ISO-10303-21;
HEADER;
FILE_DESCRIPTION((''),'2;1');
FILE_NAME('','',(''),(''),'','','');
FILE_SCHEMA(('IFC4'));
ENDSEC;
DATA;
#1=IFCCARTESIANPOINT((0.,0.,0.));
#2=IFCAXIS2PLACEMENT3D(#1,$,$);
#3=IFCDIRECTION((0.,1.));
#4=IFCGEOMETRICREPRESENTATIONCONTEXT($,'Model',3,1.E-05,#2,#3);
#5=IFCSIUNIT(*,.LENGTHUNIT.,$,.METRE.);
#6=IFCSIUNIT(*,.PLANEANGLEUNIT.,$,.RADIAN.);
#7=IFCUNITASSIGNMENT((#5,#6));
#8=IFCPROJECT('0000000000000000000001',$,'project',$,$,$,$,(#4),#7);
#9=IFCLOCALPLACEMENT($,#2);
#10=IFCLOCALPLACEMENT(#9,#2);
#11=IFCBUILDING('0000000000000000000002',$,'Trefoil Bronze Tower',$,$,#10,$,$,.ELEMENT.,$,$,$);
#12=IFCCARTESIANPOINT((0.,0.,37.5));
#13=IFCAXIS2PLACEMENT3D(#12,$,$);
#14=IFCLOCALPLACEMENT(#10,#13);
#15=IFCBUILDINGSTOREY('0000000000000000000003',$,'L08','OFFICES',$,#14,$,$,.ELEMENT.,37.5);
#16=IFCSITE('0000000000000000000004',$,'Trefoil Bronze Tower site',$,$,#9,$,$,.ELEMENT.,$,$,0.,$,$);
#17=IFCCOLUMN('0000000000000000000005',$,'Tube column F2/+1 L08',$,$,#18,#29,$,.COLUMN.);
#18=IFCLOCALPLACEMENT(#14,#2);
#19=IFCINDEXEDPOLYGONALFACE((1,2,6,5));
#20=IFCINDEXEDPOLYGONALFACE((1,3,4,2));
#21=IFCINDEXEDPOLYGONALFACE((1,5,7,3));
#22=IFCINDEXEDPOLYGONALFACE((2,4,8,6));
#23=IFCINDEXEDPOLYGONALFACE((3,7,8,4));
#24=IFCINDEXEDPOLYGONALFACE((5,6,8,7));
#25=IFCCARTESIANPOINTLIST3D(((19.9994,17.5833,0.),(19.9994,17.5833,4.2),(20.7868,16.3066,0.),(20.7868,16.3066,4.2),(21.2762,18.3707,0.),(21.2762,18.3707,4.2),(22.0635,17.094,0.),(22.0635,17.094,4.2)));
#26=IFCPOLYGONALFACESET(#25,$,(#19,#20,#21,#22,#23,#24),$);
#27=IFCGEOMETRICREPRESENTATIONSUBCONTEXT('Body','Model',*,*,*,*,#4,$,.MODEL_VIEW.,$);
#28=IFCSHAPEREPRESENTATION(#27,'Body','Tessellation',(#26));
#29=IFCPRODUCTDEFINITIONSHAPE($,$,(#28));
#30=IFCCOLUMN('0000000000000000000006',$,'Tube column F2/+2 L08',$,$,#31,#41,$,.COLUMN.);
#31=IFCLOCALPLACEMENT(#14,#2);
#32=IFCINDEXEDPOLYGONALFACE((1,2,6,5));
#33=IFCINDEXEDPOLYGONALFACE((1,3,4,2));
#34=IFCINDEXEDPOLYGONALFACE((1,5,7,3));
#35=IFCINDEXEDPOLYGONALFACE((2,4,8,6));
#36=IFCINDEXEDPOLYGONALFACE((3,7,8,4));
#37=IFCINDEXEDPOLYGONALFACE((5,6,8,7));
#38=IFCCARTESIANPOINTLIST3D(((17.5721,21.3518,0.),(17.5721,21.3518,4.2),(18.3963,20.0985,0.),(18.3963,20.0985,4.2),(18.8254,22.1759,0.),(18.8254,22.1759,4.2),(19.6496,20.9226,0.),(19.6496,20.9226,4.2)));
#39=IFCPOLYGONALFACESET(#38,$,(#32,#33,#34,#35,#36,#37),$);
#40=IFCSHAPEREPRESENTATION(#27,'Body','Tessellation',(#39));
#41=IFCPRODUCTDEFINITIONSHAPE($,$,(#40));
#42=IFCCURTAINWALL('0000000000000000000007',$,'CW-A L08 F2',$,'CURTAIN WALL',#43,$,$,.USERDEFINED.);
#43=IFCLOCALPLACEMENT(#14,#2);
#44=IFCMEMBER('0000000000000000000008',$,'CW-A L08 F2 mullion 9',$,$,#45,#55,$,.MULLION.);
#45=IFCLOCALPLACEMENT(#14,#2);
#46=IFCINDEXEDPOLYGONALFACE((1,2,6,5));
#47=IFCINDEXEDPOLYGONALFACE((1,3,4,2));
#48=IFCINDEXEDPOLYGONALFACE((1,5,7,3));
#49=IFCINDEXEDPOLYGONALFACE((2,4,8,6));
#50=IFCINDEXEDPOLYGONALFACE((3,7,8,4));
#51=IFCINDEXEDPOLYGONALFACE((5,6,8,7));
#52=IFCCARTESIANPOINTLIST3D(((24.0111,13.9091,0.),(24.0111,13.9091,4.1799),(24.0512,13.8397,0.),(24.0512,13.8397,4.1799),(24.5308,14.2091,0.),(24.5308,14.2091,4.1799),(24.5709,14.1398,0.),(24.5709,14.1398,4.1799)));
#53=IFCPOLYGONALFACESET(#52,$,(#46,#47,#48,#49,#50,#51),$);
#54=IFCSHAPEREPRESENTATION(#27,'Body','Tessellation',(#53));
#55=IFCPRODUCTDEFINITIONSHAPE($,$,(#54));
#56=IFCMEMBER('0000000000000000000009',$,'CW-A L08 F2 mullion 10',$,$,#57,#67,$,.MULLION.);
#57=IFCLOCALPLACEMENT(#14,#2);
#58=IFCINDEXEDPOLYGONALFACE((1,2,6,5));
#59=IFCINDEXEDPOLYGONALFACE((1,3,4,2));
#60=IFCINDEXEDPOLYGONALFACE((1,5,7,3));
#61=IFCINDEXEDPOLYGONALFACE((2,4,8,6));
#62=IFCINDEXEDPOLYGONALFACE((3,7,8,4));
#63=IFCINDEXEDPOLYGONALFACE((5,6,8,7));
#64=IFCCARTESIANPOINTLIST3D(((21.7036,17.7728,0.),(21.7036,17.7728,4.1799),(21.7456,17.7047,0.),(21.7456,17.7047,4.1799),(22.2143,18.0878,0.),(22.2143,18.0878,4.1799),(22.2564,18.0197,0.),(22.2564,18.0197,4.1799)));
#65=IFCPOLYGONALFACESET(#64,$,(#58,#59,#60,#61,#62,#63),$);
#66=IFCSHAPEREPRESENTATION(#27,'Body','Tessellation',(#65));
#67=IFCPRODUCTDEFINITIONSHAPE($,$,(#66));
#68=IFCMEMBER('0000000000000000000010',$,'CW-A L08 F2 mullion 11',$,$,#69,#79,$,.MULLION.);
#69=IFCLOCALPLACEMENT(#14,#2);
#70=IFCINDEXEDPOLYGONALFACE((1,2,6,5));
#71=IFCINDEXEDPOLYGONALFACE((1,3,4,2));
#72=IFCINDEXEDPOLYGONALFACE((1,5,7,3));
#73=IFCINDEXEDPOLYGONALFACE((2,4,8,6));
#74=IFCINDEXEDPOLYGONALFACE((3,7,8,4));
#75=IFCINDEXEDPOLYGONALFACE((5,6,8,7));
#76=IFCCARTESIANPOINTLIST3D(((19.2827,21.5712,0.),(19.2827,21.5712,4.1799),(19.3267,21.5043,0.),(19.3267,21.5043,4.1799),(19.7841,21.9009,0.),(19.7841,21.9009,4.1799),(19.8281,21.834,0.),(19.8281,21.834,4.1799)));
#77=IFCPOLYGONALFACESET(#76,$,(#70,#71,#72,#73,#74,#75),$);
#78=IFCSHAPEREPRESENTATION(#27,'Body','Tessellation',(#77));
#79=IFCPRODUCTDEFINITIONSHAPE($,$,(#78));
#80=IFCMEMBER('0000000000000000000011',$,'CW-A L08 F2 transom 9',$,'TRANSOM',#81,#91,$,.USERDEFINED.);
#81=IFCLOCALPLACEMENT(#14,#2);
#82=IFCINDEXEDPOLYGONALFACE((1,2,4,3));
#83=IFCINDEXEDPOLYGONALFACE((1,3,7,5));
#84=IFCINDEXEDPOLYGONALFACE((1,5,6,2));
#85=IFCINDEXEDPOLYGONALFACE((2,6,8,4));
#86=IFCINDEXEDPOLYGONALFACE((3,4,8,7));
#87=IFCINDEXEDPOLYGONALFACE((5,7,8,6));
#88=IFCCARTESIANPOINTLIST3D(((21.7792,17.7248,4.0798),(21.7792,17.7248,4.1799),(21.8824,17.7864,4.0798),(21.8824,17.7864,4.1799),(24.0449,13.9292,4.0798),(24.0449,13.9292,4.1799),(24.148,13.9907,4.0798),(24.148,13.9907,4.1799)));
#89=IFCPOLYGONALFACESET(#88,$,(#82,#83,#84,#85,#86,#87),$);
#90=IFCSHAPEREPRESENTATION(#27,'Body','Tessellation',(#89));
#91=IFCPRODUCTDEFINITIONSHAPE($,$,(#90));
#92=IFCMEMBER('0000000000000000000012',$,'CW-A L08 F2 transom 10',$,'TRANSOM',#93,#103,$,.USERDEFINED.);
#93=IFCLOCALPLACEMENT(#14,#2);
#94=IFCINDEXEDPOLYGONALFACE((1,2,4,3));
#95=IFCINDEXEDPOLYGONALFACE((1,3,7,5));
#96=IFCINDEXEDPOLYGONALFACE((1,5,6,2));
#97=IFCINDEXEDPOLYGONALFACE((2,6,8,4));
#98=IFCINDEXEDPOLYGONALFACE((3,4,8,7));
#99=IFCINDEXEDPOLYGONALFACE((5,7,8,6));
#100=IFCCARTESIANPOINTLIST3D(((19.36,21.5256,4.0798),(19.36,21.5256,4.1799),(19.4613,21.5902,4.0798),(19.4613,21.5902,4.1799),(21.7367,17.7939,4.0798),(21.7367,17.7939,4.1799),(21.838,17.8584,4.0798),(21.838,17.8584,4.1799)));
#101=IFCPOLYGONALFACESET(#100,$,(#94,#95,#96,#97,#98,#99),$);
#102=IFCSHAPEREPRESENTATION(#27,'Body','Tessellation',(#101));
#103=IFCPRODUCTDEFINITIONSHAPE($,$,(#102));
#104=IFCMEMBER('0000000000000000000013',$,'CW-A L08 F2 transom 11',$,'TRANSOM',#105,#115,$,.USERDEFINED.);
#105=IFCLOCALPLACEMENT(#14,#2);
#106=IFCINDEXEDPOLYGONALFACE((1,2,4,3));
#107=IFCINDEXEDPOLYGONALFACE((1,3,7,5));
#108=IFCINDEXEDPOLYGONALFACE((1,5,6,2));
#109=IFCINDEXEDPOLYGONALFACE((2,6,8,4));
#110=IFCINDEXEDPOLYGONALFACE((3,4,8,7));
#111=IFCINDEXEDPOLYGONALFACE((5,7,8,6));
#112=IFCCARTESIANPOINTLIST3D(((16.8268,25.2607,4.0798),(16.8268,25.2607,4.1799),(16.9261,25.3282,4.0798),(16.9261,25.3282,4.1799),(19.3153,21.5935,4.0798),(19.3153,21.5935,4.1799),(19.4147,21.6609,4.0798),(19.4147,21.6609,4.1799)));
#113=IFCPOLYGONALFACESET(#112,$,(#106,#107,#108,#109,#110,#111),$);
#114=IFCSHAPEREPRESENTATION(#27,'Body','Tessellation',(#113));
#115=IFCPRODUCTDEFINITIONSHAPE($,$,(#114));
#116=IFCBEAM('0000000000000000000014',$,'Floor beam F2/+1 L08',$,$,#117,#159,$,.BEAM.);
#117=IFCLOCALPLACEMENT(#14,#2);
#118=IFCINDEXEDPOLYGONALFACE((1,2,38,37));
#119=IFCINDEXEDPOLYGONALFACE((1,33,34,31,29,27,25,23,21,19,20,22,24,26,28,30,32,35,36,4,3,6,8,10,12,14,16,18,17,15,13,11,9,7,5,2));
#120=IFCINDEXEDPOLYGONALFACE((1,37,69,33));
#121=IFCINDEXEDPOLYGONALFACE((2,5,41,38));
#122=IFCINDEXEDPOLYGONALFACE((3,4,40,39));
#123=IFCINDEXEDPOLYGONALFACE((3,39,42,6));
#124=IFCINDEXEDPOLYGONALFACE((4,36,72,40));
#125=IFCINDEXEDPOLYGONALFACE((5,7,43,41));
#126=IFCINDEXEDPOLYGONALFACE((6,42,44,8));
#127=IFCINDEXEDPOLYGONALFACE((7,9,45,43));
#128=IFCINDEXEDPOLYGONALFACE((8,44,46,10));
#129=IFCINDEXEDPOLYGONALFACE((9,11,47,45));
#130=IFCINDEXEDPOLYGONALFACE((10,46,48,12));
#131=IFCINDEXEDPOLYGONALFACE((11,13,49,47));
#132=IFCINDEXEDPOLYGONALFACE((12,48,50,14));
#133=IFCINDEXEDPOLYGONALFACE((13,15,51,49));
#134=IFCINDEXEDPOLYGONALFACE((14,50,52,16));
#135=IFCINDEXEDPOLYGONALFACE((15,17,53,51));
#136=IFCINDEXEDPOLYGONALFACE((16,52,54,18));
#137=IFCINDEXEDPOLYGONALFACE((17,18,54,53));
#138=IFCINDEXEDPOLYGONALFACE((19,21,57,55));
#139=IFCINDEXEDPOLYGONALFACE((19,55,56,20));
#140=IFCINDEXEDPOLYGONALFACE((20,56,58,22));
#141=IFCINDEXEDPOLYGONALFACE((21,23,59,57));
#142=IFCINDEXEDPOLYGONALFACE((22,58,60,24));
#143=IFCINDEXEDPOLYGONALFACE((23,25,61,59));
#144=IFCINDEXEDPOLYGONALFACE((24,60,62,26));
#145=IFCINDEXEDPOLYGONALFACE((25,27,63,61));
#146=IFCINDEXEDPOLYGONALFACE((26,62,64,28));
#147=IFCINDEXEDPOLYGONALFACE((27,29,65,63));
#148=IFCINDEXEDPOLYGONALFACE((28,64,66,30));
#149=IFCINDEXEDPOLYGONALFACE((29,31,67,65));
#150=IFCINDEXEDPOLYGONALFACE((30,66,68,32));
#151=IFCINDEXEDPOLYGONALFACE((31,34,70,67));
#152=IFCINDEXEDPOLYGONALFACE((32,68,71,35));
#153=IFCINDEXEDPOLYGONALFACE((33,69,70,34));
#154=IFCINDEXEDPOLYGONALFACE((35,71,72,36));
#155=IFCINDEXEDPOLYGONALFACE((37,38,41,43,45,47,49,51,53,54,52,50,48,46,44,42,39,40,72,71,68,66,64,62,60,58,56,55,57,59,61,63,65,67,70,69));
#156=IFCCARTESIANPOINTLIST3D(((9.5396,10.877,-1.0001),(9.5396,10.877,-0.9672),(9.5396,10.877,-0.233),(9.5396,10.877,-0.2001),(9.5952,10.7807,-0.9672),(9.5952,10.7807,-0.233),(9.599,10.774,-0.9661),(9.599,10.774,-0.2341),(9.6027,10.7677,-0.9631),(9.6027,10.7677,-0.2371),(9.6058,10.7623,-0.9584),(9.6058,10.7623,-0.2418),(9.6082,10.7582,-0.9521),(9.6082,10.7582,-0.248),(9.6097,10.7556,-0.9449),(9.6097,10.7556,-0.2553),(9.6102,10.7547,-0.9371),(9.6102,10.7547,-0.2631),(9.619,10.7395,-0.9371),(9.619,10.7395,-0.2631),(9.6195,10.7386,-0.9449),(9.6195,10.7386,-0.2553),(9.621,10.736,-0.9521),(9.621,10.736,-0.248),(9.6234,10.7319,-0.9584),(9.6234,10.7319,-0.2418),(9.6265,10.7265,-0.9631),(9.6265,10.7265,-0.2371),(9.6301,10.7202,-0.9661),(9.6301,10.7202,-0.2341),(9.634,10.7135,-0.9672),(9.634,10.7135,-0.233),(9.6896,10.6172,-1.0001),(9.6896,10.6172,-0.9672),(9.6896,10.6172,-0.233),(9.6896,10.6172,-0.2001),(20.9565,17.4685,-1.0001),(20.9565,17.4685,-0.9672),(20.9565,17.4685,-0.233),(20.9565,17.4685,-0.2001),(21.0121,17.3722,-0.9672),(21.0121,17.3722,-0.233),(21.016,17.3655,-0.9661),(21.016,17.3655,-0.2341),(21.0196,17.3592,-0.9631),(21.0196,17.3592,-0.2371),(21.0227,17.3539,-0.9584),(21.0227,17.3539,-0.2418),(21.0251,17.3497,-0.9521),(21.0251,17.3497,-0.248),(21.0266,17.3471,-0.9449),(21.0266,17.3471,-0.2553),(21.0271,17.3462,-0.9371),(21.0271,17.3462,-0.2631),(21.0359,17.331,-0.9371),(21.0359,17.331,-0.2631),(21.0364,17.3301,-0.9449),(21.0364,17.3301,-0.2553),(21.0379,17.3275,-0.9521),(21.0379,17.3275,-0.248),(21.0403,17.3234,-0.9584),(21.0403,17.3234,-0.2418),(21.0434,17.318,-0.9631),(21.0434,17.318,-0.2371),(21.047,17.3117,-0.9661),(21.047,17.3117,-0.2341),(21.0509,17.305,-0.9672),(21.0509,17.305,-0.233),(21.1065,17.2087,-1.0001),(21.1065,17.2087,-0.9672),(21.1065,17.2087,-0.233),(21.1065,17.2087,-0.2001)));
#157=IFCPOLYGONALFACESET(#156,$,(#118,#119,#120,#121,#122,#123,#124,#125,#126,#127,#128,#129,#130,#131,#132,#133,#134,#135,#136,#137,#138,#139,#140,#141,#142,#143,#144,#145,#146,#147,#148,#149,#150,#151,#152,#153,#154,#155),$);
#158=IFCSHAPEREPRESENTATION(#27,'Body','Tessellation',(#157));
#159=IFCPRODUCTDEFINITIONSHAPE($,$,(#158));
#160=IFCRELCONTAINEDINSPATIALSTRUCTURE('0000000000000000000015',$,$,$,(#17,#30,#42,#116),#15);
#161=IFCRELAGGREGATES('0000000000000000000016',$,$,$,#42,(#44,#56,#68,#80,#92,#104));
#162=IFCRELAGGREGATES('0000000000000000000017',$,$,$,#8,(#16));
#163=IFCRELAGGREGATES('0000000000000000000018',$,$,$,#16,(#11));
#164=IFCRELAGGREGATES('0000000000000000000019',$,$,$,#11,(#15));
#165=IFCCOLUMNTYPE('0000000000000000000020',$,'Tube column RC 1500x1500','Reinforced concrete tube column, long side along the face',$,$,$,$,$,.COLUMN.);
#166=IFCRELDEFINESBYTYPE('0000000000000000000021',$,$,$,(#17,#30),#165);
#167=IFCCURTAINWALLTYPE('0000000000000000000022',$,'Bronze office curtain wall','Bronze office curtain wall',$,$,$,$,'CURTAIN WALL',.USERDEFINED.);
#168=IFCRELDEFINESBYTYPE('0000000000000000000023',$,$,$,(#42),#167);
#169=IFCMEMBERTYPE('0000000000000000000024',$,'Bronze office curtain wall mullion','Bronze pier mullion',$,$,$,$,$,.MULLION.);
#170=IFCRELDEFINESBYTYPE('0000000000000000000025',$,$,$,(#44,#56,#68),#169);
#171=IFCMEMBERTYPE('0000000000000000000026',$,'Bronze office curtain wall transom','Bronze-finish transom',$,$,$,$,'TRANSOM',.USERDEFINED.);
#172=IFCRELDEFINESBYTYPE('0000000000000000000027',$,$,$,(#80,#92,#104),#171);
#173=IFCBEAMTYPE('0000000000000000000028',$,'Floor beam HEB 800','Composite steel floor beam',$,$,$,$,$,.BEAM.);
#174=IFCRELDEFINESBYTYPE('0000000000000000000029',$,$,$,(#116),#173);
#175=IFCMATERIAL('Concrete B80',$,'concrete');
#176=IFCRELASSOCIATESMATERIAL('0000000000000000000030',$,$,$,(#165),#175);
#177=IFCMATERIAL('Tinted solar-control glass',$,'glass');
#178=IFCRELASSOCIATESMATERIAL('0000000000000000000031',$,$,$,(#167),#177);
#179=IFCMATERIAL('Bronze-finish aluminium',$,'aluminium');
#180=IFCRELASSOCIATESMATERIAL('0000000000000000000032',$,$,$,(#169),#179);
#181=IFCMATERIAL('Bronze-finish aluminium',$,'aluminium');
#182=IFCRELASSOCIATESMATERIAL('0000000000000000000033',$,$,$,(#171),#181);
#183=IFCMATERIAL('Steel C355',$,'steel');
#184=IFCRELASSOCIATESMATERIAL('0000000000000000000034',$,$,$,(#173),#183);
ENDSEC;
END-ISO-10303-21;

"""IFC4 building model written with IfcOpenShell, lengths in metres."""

from ifc_helpers import new_model, si_unit, direction, frame, origin, origin_2d, place, context, subcontext, project, spatial, rectangle, i_section, extrude, material, material_profile, profile_set, type_object, element, aggregate, save


model = new_model("IFC4")

# Units and contexts
model_context = context("Model", 3, precision=1e-05, world=origin(), true_north=direction((0.0, 1.0)))
body_context = subcontext(model_context, "Body", "Model", "MODEL_VIEW")
ifc_project = project(units=[si_unit("LENGTHUNIT", "METRE"), si_unit("PLANEANGLEUNIT", "RADIAN")], contexts=[model_context])

# Site, building, storey
site_placement = place(None, origin())
site = spatial("IfcSite", under=ifc_project, at=site_placement, Name="Trefoil Bronze Tower site", CompositionType="ELEMENT", RefElevation=0.0)
building_placement = place(site_placement, origin())
building = spatial("IfcBuilding", under=site, at=building_placement, Name="Trefoil Bronze Tower", CompositionType="ELEMENT")
storey_placement = place(building_placement, frame((0.0, 0.0, 37.5)))
storey = spatial("IfcBuildingStorey", under=building, at=storey_placement, Name="L08", Description="OFFICES", CompositionType="ELEMENT", Elevation=37.5)

# Columns
ifc_material_1 = material(Name="Concrete B80", Category="concrete")
ifc_material_profile_1 = material_profile(ifc_material_1, rectangle(XDim=1.5, YDim=1.5, at=origin_2d()), Name="RC 1500x1500")
ifc_profile_set_1 = profile_set([ifc_material_profile_1], Name="Concrete B80")
column_type = type_object("IfcColumnType", Name="Tube column RC 1500x1500", Description="Reinforced concrete tube column, long side along the face", PredefinedType="COLUMN", material=ifc_profile_set_1)
for number, where, z_axis, x_axis, name in (
    (1, (21.0315, 17.3386, 0.0), (0.0, 0.0, 1.0), (-0.524923, 0.85115, 0.0), "Tube column F2/+1 L08"),
    (2, (18.6108, 21.1372, 0.0), (0.0, 0.0, 1.0), (-0.549424, 0.835544, 0.0), "Tube column F2/+2 L08"),
):
    element("IfcColumn", number, at=place(storey_placement, frame(where, z_axis=z_axis, x_axis=x_axis)), inside=storey, type_object=column_type, Name=name, PredefinedType="COLUMN", context=body_context, shape_type="SweptSolid", body=[
        extrude(rectangle(XDim=1.5, YDim=1.5, at=origin_2d()), origin(), (0.0, 0.0, 1.0), 4.2),
    ])

# Curtain wall, members
ifc_material_2 = material(Name="Tinted solar-control glass", Category="glass")
curtain_wall_type = type_object("IfcCurtainWallType", Name="Bronze office curtain wall", Description="Bronze office curtain wall", ElementType="CURTAIN WALL", PredefinedType="USERDEFINED", material=ifc_material_2)
curtain_wall_placement = place(storey_placement, origin())
curtain_wall = element("IfcCurtainWall", 3, at=curtain_wall_placement, inside=storey, type_object=curtain_wall_type, Name="CW-A L08 F2", ObjectType="CURTAIN WALL", PredefinedType="USERDEFINED")
ifc_material_3 = material(Name="Bronze-finish aluminium", Category="aluminium")
ifc_material_profile_2 = material_profile(ifc_material_3, rectangle(XDim=0.6001, YDim=0.0801, at=origin_2d()), Name="CW-A mullion")
ifc_profile_set_2 = profile_set([ifc_material_profile_2], Name="Bronze-finish aluminium")
member_type_1 = type_object("IfcMemberType", Name="Bronze office curtain wall mullion", Description="Bronze pier mullion", PredefinedType="MULLION", material=ifc_profile_set_2)
member_1_placement = place(storey_placement, frame((24.291, 14.0244, 0.0), z_axis=(0.0, 0.0, 1.0), x_axis=(-0.866025, -0.5, 0.0)))
member_1 = element("IfcMember", 4, at=member_1_placement, type_object=member_type_1, Name="CW-A L08 F2 mullion 9", PredefinedType="MULLION", context=body_context, shape_type="SweptSolid", body=[
    extrude(rectangle(XDim=0.6001, YDim=0.0801, at=origin_2d()), origin(), (0.0, 0.0, 1.0), 4.1799),
])
member_2_placement = place(storey_placement, frame((21.98, 17.8962, 0.0), z_axis=(0.0, 0.0, 1.0), x_axis=(-0.85115, -0.524923, 0.0)))
member_2 = element("IfcMember", 5, at=member_2_placement, type_object=member_type_1, Name="CW-A L08 F2 mullion 10", PredefinedType="MULLION", context=body_context, shape_type="SweptSolid", body=[
    extrude(rectangle(XDim=0.6001, YDim=0.0801, at=origin_2d()), origin(), (0.0, 0.0, 1.0), 4.1799),
])
member_3_placement = place(storey_placement, frame((19.5554, 21.7026, 0.0), z_axis=(0.0, 0.0, 1.0), x_axis=(-0.835544, -0.549424, 0.0)))
member_3 = element("IfcMember", 6, at=member_3_placement, type_object=member_type_1, Name="CW-A L08 F2 mullion 11", PredefinedType="MULLION", context=body_context, shape_type="SweptSolid", body=[
    extrude(rectangle(XDim=0.6001, YDim=0.0801, at=origin_2d()), origin(), (0.0, 0.0, 1.0), 4.1799),
])
ifc_material_4 = material(Name="Bronze-finish aluminium", Category="aluminium")
ifc_material_profile_3 = material_profile(ifc_material_4, rectangle(XDim=0.1201, YDim=0.1001, at=origin_2d()), Name="CW-A transom")
ifc_profile_set_3 = profile_set([ifc_material_profile_3], Name="Bronze-finish aluminium")
member_type_2 = type_object("IfcMemberType", Name="Bronze office curtain wall transom", Description="Bronze-finish transom", ElementType="TRANSOM", PredefinedType="USERDEFINED", material=ifc_profile_set_3)
member_4_placement = place(storey_placement, frame((24.0964, 13.96, 4.1299), z_axis=(-0.512537, 0.858665, 0.0), x_axis=(-0.858665, -0.512537, 0.0)))
member_4 = element("IfcMember", 7, at=member_4_placement, type_object=member_type_2, Name="CW-A L08 F2 transom 9", ObjectType="TRANSOM", PredefinedType="USERDEFINED", context=body_context, shape_type="SweptSolid", body=[
    extrude(rectangle(XDim=0.1201, YDim=0.1001, at=origin_2d()), origin(), (0.0, 0.0, 1.0), 4.4204),
])
member_5_placement = place(storey_placement, frame((21.7874, 17.8262, 4.1299), z_axis=(-0.537197, 0.843457, 0.0), x_axis=(-0.843457, -0.537197, 0.0)))
member_5 = element("IfcMember", 8, at=member_5_placement, type_object=member_type_2, Name="CW-A L08 F2 transom 10", ObjectType="TRANSOM", PredefinedType="USERDEFINED", context=body_context, shape_type="SweptSolid", body=[
    extrude(rectangle(XDim=0.1201, YDim=0.1001, at=origin_2d()), origin(), (0.0, 0.0, 1.0), 4.4243),
])
member_6_placement = place(storey_placement, frame((19.365, 21.6272, 4.1299), z_axis=(-0.561508, 0.827471, 0.0), x_axis=(-0.827471, -0.561508, 0.0)))
member_6 = element("IfcMember", 9, at=member_6_placement, type_object=member_type_2, Name="CW-A L08 F2 transom 11", ObjectType="TRANSOM", PredefinedType="USERDEFINED", context=body_context, shape_type="SweptSolid", body=[
    extrude(rectangle(XDim=0.1201, YDim=0.1001, at=origin_2d()), origin(), (0.0, 0.0, 1.0), 4.4319),
])

# Beam
ifc_material_5 = material(Name="Steel C355", Category="steel")
ifc_material_profile_4 = material_profile(ifc_material_5, i_section(OverallWidth=0.3, OverallDepth=0.8, WebThickness=0.0176, FlangeThickness=0.033, FilletRadius=0.03, at=origin_2d()), Name="HEB 800")
ifc_profile_set_4 = profile_set([ifc_material_profile_4], Name="Steel C355")
beam_type_1 = type_object("IfcBeamType", Name="Floor beam HEB 800", Description="Composite steel floor beam", PredefinedType="BEAM", material=ifc_profile_set_4)
beam_1_placement = place(storey_placement, frame((21.0315, 17.3386, -0.6001), z_axis=(-0.866027, -0.499997, 0.0), x_axis=(0.499997, -0.866027, 0.0)))
element("IfcBeam", 10, at=beam_1_placement, inside=storey, type_object=beam_type_1, Name="Floor beam F2/+1 L08", PredefinedType="BEAM", context=body_context, shape_type="SweptSolid", body=[
    extrude(i_section(OverallWidth=0.3, OverallDepth=0.8, WebThickness=0.0176, FlangeThickness=0.033, FilletRadius=0.03, at=origin_2d()), origin(), (0.0, 0.0, 1.0), 13.1831),
])

aggregate(curtain_wall, [member_1, member_2, member_3, member_4, member_5, member_6])

save(model, "model.ifc")
